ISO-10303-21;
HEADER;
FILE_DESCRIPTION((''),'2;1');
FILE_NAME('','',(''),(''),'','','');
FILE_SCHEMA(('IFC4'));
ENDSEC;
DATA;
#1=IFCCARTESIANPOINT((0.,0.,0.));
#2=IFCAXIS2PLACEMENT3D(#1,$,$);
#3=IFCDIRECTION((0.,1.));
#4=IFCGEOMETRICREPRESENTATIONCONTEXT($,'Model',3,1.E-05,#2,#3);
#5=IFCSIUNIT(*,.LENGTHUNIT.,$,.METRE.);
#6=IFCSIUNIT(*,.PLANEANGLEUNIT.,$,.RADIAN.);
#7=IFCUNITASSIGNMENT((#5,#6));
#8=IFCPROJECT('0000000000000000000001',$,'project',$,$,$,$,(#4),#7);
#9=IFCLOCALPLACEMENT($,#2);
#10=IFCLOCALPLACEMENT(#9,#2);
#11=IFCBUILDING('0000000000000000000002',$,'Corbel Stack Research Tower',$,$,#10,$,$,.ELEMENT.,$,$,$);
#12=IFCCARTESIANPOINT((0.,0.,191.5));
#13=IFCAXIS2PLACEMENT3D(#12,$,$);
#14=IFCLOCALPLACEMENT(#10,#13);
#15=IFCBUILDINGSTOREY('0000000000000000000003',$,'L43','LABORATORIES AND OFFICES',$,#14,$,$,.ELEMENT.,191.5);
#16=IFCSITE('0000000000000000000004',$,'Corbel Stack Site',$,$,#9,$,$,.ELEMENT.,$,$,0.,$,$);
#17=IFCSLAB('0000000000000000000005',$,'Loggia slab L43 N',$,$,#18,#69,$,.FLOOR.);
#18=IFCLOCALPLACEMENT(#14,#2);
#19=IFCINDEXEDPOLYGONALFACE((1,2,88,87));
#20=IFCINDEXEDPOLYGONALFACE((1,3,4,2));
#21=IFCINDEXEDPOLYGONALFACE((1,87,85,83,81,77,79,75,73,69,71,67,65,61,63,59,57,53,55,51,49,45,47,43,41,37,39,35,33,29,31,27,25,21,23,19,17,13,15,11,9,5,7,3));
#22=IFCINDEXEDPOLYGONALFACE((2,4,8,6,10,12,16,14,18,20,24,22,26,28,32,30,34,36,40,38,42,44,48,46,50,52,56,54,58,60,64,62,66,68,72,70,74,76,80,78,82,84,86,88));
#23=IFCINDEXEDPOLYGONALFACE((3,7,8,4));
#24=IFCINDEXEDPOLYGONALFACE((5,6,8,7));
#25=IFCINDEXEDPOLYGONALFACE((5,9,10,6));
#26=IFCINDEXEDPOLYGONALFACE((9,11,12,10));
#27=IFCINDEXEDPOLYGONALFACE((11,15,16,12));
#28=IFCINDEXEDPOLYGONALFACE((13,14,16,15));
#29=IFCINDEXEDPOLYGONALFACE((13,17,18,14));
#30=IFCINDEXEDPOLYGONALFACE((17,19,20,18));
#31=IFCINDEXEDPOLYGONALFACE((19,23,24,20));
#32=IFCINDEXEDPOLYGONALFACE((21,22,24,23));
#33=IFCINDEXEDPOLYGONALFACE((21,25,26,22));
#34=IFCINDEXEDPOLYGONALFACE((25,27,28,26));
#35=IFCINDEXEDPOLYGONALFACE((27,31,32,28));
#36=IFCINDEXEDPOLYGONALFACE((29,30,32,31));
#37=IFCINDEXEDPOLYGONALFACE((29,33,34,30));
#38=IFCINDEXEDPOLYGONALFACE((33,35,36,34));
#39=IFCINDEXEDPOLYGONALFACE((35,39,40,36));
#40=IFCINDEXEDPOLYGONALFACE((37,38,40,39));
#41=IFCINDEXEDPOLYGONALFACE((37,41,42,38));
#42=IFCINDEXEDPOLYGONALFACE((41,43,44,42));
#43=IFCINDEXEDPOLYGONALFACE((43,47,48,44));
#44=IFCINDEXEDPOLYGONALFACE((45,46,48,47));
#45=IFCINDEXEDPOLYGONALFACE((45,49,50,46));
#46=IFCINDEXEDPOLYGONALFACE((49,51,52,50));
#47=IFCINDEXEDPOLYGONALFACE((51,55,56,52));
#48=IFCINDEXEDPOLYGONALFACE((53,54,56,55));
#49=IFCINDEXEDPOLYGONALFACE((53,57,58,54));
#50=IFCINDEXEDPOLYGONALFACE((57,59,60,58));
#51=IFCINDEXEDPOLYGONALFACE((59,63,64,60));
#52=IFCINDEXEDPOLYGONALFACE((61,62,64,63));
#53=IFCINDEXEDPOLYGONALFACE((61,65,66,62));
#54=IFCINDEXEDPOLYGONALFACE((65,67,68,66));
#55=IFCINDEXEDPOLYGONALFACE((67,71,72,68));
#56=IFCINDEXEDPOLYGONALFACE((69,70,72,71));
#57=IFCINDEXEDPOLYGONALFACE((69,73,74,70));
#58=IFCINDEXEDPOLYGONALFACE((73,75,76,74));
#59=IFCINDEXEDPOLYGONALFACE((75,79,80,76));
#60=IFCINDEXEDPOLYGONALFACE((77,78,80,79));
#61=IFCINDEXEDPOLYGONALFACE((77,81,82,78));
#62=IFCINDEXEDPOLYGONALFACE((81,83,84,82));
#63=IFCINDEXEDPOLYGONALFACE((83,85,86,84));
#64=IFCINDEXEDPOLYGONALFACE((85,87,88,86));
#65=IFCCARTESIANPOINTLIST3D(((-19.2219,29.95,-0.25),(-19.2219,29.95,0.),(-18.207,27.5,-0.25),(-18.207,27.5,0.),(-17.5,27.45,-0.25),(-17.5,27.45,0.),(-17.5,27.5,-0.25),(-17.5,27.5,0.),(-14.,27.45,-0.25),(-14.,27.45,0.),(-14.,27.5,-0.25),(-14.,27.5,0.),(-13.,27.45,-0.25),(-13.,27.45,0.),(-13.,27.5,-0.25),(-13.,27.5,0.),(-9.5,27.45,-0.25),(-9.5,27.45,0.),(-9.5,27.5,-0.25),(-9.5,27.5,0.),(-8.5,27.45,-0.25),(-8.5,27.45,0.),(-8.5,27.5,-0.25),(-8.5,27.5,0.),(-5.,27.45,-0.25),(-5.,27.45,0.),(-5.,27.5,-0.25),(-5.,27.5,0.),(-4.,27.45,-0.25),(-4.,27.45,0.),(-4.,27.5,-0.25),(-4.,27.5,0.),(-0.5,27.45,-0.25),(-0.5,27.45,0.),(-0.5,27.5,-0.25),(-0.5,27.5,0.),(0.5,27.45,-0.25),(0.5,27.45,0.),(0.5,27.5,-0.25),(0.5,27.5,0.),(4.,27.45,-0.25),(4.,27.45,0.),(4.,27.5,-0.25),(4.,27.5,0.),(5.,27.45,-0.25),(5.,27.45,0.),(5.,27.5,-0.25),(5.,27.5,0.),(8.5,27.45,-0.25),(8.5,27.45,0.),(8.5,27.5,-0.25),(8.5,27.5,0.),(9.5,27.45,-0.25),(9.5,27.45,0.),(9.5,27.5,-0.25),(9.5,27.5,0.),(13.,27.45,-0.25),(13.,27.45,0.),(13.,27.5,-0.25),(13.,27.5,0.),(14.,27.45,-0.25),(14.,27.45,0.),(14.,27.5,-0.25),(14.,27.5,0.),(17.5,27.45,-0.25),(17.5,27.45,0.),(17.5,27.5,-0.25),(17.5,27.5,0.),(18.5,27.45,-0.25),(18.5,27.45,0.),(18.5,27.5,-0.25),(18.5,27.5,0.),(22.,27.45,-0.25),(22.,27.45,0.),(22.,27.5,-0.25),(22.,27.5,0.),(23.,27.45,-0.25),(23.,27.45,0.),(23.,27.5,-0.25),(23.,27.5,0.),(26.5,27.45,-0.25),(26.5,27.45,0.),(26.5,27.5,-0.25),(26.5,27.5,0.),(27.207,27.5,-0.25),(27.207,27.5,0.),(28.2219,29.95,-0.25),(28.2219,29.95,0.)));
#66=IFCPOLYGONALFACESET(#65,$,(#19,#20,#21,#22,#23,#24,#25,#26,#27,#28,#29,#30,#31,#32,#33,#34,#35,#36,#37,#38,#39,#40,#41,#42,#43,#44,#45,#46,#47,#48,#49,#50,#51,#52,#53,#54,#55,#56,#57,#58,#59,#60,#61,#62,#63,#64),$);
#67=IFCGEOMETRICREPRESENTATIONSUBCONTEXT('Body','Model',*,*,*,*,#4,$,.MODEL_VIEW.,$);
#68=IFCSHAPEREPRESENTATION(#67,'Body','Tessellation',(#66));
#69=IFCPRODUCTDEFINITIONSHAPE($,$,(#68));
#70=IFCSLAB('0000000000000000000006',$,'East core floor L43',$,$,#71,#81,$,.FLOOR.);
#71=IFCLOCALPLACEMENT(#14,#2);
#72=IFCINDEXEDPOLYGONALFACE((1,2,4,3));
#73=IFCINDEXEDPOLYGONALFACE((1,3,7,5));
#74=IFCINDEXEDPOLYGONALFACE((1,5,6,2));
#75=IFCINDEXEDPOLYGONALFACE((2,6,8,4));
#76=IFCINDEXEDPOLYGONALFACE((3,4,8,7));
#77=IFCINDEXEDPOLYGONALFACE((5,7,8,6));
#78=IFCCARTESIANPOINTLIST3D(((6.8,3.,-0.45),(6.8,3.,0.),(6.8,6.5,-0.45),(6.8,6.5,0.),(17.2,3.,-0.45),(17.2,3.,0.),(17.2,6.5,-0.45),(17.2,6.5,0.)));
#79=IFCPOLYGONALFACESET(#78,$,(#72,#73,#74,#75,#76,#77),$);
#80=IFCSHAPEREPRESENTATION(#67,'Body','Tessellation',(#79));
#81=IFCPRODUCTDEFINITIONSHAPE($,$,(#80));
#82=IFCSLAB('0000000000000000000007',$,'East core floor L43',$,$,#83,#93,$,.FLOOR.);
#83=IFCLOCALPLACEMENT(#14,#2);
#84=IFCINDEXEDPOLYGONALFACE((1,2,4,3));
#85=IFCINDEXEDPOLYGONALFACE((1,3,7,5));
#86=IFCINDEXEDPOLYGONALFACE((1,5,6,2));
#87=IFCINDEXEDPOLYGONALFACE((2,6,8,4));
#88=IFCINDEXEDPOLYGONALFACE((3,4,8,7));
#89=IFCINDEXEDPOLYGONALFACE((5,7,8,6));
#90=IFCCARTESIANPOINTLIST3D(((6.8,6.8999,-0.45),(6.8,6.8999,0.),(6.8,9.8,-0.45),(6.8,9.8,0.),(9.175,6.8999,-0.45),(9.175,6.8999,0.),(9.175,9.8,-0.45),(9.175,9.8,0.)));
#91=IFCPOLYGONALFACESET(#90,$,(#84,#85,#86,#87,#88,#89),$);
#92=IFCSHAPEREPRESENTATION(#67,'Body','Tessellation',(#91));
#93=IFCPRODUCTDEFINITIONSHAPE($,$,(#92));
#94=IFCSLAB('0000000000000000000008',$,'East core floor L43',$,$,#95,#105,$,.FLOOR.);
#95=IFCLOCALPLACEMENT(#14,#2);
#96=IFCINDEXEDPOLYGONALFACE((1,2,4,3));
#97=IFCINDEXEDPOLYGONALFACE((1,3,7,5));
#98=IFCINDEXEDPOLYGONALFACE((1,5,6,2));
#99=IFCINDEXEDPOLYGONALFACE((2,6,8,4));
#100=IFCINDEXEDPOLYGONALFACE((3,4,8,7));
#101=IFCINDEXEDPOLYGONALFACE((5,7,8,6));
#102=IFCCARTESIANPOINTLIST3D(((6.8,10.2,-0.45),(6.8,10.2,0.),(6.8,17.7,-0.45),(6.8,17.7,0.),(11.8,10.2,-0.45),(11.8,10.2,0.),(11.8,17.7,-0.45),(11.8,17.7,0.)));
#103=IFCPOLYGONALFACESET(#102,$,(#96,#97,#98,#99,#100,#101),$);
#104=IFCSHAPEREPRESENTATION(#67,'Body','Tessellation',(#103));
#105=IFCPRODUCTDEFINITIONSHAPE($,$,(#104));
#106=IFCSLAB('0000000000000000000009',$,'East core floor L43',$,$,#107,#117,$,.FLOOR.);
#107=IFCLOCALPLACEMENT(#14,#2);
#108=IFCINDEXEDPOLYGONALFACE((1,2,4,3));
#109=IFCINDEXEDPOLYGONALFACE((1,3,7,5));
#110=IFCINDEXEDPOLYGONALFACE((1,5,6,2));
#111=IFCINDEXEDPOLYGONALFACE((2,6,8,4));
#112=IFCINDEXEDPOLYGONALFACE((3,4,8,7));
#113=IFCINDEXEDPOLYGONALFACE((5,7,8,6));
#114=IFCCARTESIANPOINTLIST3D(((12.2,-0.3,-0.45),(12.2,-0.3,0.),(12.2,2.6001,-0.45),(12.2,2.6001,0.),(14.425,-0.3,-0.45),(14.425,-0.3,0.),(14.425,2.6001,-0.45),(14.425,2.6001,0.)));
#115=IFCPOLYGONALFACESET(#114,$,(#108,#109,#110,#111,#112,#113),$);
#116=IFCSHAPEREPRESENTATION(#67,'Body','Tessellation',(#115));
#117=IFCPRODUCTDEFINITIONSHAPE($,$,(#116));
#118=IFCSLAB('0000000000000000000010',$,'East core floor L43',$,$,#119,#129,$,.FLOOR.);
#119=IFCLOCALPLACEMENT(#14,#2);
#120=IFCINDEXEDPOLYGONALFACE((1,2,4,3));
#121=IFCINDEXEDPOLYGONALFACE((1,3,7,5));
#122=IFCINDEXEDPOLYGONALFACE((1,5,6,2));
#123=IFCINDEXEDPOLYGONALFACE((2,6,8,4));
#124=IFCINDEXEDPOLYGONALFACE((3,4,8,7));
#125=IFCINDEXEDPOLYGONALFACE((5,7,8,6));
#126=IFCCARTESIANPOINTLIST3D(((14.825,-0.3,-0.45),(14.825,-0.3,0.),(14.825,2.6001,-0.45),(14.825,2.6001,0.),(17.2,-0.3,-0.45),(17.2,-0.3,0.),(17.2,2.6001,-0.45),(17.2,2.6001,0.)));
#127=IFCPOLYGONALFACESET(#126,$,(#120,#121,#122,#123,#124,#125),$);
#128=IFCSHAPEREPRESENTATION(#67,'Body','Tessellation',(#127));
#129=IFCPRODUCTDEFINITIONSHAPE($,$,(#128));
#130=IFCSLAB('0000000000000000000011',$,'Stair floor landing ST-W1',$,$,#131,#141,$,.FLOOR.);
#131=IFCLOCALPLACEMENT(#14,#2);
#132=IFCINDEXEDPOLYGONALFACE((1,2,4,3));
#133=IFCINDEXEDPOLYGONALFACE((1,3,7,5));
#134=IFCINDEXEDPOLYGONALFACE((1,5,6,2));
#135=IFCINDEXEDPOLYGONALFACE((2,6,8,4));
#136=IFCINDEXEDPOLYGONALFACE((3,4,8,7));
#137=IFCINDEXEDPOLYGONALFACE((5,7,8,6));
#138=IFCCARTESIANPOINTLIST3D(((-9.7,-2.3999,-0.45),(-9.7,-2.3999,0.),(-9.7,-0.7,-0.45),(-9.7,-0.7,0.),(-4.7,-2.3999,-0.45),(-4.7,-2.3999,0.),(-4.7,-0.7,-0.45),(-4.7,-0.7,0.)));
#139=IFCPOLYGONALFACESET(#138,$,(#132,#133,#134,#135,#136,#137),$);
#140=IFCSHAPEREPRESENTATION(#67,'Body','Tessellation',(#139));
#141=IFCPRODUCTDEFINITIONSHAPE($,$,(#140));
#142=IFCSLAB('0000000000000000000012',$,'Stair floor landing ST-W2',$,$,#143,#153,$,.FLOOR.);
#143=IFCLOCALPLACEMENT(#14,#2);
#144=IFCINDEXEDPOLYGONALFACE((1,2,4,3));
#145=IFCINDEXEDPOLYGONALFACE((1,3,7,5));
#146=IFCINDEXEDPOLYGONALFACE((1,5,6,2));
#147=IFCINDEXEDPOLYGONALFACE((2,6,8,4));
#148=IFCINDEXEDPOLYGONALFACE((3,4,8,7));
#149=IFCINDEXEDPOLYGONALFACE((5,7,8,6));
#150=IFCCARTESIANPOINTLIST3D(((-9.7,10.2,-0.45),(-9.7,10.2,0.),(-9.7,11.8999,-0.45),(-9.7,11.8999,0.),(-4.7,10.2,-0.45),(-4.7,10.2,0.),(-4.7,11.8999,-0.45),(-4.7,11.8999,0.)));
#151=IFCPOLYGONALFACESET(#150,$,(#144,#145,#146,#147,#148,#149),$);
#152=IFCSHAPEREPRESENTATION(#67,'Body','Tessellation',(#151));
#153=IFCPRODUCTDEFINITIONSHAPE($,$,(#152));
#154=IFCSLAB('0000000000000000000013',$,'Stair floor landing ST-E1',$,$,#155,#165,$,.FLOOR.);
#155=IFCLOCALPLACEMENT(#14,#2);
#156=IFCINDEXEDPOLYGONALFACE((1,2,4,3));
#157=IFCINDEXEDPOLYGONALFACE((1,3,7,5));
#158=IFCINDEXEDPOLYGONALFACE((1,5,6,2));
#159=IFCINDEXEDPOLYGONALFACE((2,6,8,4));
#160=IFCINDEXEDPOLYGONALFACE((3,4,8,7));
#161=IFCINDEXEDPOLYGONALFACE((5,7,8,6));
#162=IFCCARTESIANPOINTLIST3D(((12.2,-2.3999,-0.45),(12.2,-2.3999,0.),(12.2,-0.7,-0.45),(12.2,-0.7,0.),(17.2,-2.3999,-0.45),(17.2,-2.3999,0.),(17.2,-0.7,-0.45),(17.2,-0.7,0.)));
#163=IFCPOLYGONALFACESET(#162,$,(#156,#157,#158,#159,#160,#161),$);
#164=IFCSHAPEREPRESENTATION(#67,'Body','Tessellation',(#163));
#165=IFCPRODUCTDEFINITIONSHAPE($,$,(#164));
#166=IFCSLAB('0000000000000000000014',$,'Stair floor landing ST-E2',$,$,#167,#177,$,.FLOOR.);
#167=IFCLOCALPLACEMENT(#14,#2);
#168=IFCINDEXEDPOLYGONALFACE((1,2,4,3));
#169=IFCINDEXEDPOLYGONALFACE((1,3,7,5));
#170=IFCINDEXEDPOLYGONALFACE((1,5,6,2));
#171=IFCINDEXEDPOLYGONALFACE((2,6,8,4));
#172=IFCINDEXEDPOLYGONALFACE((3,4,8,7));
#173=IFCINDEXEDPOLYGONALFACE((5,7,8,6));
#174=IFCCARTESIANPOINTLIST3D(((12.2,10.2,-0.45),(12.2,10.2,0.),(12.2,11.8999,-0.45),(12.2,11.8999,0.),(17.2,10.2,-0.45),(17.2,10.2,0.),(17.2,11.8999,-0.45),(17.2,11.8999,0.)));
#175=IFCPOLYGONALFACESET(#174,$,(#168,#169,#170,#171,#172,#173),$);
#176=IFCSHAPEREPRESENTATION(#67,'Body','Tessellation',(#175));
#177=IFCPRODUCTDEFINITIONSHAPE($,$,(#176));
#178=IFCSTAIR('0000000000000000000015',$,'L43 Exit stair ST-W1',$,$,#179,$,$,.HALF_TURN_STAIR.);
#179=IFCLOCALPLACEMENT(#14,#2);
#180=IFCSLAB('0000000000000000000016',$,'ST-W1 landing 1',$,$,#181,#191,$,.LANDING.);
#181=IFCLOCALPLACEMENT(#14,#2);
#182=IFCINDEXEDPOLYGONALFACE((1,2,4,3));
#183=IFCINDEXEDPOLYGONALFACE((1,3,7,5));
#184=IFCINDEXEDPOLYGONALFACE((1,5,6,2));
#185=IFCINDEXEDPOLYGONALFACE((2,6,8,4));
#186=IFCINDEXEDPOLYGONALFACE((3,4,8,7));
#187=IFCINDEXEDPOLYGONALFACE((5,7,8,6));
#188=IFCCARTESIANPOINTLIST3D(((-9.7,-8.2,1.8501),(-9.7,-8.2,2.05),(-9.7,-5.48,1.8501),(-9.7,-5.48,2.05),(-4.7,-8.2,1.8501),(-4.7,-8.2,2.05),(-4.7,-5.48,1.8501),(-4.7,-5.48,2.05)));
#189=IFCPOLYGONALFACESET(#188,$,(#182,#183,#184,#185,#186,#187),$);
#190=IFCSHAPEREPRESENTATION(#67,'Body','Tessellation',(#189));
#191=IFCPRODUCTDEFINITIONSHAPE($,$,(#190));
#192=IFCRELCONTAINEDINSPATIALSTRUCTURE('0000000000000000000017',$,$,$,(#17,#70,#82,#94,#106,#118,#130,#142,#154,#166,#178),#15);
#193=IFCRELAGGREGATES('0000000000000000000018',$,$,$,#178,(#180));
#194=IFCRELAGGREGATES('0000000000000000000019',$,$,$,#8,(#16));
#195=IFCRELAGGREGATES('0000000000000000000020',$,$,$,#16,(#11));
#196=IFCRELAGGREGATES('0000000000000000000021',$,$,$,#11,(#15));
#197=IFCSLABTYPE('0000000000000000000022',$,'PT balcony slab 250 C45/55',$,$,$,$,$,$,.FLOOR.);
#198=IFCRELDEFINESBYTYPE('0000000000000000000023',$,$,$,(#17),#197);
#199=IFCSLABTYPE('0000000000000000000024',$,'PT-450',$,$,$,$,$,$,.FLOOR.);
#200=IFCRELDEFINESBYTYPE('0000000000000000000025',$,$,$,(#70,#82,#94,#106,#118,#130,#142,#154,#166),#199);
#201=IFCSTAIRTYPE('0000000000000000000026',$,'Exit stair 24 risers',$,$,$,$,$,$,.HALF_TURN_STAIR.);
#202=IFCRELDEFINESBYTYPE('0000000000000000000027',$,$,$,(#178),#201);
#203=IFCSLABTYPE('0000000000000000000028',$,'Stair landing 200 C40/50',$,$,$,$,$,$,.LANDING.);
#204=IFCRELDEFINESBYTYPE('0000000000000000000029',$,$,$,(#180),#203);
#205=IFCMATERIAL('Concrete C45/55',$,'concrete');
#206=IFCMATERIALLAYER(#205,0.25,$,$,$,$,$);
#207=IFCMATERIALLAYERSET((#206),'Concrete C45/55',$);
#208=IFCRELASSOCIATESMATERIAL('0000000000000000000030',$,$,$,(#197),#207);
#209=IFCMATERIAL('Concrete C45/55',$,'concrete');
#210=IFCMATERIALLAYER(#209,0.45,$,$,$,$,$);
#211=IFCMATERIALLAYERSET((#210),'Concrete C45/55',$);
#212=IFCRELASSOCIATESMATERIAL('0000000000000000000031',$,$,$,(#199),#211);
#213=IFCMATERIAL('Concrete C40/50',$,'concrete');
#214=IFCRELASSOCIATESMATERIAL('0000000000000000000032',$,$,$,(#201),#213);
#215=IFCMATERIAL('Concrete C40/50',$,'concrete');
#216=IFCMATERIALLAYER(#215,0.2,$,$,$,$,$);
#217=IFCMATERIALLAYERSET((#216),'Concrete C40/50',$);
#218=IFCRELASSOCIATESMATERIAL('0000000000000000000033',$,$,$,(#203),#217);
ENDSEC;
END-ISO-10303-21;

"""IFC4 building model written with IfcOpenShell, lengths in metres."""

from ifc_helpers import new_model, si_unit, direction, frame, origin, place, context, subcontext, project, spatial, polyline, outline, extrude, material, layer, layer_set, type_object, element, aggregate, save


model = new_model("IFC4")

# Units and contexts
model_context = context("Model", 3, precision=1e-05, world=origin(), true_north=direction((0.0, 1.0)))
body_context = subcontext(model_context, "Body", "Model", "MODEL_VIEW")
ifc_project = project(units=[si_unit("LENGTHUNIT", "METRE"), si_unit("PLANEANGLEUNIT", "RADIAN")], contexts=[model_context])

# Site, building, storey
site_placement = place(None, origin())
site = spatial("IfcSite", under=ifc_project, at=site_placement, Name="Corbel Stack Site", CompositionType="ELEMENT", RefElevation=0.0)
building_placement = place(site_placement, origin())
building = spatial("IfcBuilding", under=site, at=building_placement, Name="Corbel Stack Research Tower", CompositionType="ELEMENT")
storey_placement = place(building_placement, frame((0.0, 0.0, 191.5)))
storey = spatial("IfcBuildingStorey", under=building, at=storey_placement, Name="L43", Description="LABORATORIES AND OFFICES", CompositionType="ELEMENT", Elevation=191.5)

# Slabs
ifc_material_1 = material(Name="Concrete C45/55", Category="concrete")
ifc_layer_1 = layer(ifc_material_1, 0.25)
ifc_layer_set_1 = layer_set([ifc_layer_1], Name="Concrete C45/55")
slab_type_1 = type_object("IfcSlabType", Name="PT balcony slab 250 C45/55", PredefinedType="FLOOR", material=ifc_layer_set_1)
slab_1_placement = place(storey_placement, frame((0.0, 0.0, -0.25)))
element("IfcSlab", 1, at=slab_1_placement, inside=storey, type_object=slab_type_1, Name="Loggia slab L43 N", PredefinedType="FLOOR", context=body_context, shape_type="SweptSolid", body=[
    extrude(outline(polyline([(-18.207, 27.5), (-17.5, 27.5), (-17.5, 27.45), (-14.0, 27.45), (-14.0, 27.5), (-13.0, 27.5), (-13.0, 27.45), (-9.5, 27.45), (-9.5, 27.5), (-8.5, 27.5), (-8.5, 27.45), (-5.0, 27.45), (-5.0, 27.5), (-4.0, 27.5), (-4.0, 27.45), (-0.5, 27.45), (-0.5, 27.5), (0.5, 27.5), (0.5, 27.45), (4.0, 27.45), (4.0, 27.5), (5.0, 27.5), (5.0, 27.45), (8.5, 27.45), (8.5, 27.5), (9.5, 27.5), (9.5, 27.45), (13.0, 27.45), (13.0, 27.5), (14.0, 27.5), (14.0, 27.45), (17.5, 27.45), (17.5, 27.5), (18.5, 27.5), (18.5, 27.45), (22.0, 27.45), (22.0, 27.5), (23.0, 27.5), (23.0, 27.45), (26.5, 27.45), (26.5, 27.5), (27.207, 27.5), (28.2219, 29.95), (-19.2219, 29.95), (-18.207, 27.5)])), origin(), (0.0, 0.0, 1.0), 0.25),
])
ifc_material_2 = material(Name="Concrete C45/55", Category="concrete")
ifc_layer_2 = layer(ifc_material_2, 0.45)
ifc_layer_set_2 = layer_set([ifc_layer_2], Name="Concrete C45/55")
slab_type_2 = type_object("IfcSlabType", Name="PT-450", PredefinedType="FLOOR", material=ifc_layer_set_2)
slab_2_placement = place(storey_placement, frame((0.0, 0.0, -0.45)))
element("IfcSlab", 2, at=slab_2_placement, inside=storey, type_object=slab_type_2, Name="East core floor L43", PredefinedType="FLOOR", context=body_context, shape_type="SweptSolid", body=[
    extrude(outline(polyline([(17.2, 6.5), (6.8, 6.5), (6.8, 3.0), (17.2, 3.0), (17.2, 6.5)])), origin(), (0.0, 0.0, 1.0), 0.45),
])
slab_3_placement = place(storey_placement, frame((0.0, 0.0, -0.45)))
element("IfcSlab", 3, at=slab_3_placement, inside=storey, type_object=slab_type_2, Name="East core floor L43", PredefinedType="FLOOR", context=body_context, shape_type="SweptSolid", body=[
    extrude(outline(polyline([(6.8, 6.8999), (9.175, 6.8999), (9.175, 9.8), (6.8, 9.8), (6.8, 6.8999)])), origin(), (0.0, 0.0, 1.0), 0.45),
])
slab_4_placement = place(storey_placement, frame((0.0, 0.0, -0.45)))
element("IfcSlab", 4, at=slab_4_placement, inside=storey, type_object=slab_type_2, Name="East core floor L43", PredefinedType="FLOOR", context=body_context, shape_type="SweptSolid", body=[
    extrude(outline(polyline([(6.8, 17.7), (6.8, 10.2), (11.8, 10.2), (11.8, 17.7), (6.8, 17.7)])), origin(), (0.0, 0.0, 1.0), 0.45),
])
slab_5_placement = place(storey_placement, frame((0.0, 0.0, -0.45)))
element("IfcSlab", 5, at=slab_5_placement, inside=storey, type_object=slab_type_2, Name="East core floor L43", PredefinedType="FLOOR", context=body_context, shape_type="SweptSolid", body=[
    extrude(outline(polyline([(14.425, -0.3), (14.425, 2.6001), (12.2, 2.6001), (12.2, -0.3), (14.425, -0.3)])), origin(), (0.0, 0.0, 1.0), 0.45),
])
slab_6_placement = place(storey_placement, frame((0.0, 0.0, -0.45)))
element("IfcSlab", 6, at=slab_6_placement, inside=storey, type_object=slab_type_2, Name="East core floor L43", PredefinedType="FLOOR", context=body_context, shape_type="SweptSolid", body=[
    extrude(outline(polyline([(17.2, -0.3), (17.2, 2.6001), (14.825, 2.6001), (14.825, -0.3), (17.2, -0.3)])), origin(), (0.0, 0.0, 1.0), 0.45),
])
slab_7_placement = place(storey_placement, frame((0.0, 0.0, -0.45)))
element("IfcSlab", 7, at=slab_7_placement, inside=storey, type_object=slab_type_2, Name="Stair floor landing ST-W1", PredefinedType="FLOOR", context=body_context, shape_type="SweptSolid", body=[
    extrude(outline(polyline([(-9.7, -2.3999), (-4.7, -2.3999), (-4.7, -0.7), (-9.7, -0.7), (-9.7, -2.3999)])), origin(), (0.0, 0.0, 1.0), 0.45),
])
slab_8_placement = place(storey_placement, frame((0.0, 0.0, -0.45)))
element("IfcSlab", 8, at=slab_8_placement, inside=storey, type_object=slab_type_2, Name="Stair floor landing ST-W2", PredefinedType="FLOOR", context=body_context, shape_type="SweptSolid", body=[
    extrude(outline(polyline([(-9.7, 10.2), (-4.7, 10.2), (-4.7, 11.8999), (-9.7, 11.8999), (-9.7, 10.2)])), origin(), (0.0, 0.0, 1.0), 0.45),
])
slab_9_placement = place(storey_placement, frame((0.0, 0.0, -0.45)))
element("IfcSlab", 9, at=slab_9_placement, inside=storey, type_object=slab_type_2, Name="Stair floor landing ST-E1", PredefinedType="FLOOR", context=body_context, shape_type="SweptSolid", body=[
    extrude(outline(polyline([(12.2, -2.3999), (17.2, -2.3999), (17.2, -0.7), (12.2, -0.7), (12.2, -2.3999)])), origin(), (0.0, 0.0, 1.0), 0.45),
])
slab_10_placement = place(storey_placement, frame((0.0, 0.0, -0.45)))
element("IfcSlab", 10, at=slab_10_placement, inside=storey, type_object=slab_type_2, Name="Stair floor landing ST-E2", PredefinedType="FLOOR", context=body_context, shape_type="SweptSolid", body=[
    extrude(outline(polyline([(12.2, 10.2), (17.2, 10.2), (17.2, 11.8999), (12.2, 11.8999), (12.2, 10.2)])), origin(), (0.0, 0.0, 1.0), 0.45),
])

# Stair, slab
ifc_material_3 = material(Name="Concrete C40/50", Category="concrete")
stair_type = type_object("IfcStairType", Name="Exit stair 24 risers", PredefinedType="HALF_TURN_STAIR", material=ifc_material_3)
stair_1_placement = place(storey_placement, origin())
stair_1 = element("IfcStair", 11, at=stair_1_placement, inside=storey, type_object=stair_type, Name="L43 Exit stair ST-W1", PredefinedType="HALF_TURN_STAIR")
ifc_material_4 = material(Name="Concrete C40/50", Category="concrete")
ifc_layer_3 = layer(ifc_material_4, 0.2)
ifc_layer_set_3 = layer_set([ifc_layer_3], Name="Concrete C40/50")
slab_type_3 = type_object("IfcSlabType", Name="Stair landing 200 C40/50", PredefinedType="LANDING", material=ifc_layer_set_3)
slab_11_placement = place(storey_placement, frame((0.0, 0.0, 1.8501)))
slab_11 = element("IfcSlab", 12, at=slab_11_placement, type_object=slab_type_3, Name="ST-W1 landing 1", PredefinedType="LANDING", context=body_context, shape_type="SweptSolid", body=[
    extrude(outline(polyline([(-9.7, -8.2), (-9.7, -5.48), (-4.7, -5.48), (-4.7, -8.2), (-9.7, -8.2)])), origin(), (0.0, 0.0, 1.0), 0.2),
])
aggregate(stair_1, [slab_11])

save(model, "model.ifc")
